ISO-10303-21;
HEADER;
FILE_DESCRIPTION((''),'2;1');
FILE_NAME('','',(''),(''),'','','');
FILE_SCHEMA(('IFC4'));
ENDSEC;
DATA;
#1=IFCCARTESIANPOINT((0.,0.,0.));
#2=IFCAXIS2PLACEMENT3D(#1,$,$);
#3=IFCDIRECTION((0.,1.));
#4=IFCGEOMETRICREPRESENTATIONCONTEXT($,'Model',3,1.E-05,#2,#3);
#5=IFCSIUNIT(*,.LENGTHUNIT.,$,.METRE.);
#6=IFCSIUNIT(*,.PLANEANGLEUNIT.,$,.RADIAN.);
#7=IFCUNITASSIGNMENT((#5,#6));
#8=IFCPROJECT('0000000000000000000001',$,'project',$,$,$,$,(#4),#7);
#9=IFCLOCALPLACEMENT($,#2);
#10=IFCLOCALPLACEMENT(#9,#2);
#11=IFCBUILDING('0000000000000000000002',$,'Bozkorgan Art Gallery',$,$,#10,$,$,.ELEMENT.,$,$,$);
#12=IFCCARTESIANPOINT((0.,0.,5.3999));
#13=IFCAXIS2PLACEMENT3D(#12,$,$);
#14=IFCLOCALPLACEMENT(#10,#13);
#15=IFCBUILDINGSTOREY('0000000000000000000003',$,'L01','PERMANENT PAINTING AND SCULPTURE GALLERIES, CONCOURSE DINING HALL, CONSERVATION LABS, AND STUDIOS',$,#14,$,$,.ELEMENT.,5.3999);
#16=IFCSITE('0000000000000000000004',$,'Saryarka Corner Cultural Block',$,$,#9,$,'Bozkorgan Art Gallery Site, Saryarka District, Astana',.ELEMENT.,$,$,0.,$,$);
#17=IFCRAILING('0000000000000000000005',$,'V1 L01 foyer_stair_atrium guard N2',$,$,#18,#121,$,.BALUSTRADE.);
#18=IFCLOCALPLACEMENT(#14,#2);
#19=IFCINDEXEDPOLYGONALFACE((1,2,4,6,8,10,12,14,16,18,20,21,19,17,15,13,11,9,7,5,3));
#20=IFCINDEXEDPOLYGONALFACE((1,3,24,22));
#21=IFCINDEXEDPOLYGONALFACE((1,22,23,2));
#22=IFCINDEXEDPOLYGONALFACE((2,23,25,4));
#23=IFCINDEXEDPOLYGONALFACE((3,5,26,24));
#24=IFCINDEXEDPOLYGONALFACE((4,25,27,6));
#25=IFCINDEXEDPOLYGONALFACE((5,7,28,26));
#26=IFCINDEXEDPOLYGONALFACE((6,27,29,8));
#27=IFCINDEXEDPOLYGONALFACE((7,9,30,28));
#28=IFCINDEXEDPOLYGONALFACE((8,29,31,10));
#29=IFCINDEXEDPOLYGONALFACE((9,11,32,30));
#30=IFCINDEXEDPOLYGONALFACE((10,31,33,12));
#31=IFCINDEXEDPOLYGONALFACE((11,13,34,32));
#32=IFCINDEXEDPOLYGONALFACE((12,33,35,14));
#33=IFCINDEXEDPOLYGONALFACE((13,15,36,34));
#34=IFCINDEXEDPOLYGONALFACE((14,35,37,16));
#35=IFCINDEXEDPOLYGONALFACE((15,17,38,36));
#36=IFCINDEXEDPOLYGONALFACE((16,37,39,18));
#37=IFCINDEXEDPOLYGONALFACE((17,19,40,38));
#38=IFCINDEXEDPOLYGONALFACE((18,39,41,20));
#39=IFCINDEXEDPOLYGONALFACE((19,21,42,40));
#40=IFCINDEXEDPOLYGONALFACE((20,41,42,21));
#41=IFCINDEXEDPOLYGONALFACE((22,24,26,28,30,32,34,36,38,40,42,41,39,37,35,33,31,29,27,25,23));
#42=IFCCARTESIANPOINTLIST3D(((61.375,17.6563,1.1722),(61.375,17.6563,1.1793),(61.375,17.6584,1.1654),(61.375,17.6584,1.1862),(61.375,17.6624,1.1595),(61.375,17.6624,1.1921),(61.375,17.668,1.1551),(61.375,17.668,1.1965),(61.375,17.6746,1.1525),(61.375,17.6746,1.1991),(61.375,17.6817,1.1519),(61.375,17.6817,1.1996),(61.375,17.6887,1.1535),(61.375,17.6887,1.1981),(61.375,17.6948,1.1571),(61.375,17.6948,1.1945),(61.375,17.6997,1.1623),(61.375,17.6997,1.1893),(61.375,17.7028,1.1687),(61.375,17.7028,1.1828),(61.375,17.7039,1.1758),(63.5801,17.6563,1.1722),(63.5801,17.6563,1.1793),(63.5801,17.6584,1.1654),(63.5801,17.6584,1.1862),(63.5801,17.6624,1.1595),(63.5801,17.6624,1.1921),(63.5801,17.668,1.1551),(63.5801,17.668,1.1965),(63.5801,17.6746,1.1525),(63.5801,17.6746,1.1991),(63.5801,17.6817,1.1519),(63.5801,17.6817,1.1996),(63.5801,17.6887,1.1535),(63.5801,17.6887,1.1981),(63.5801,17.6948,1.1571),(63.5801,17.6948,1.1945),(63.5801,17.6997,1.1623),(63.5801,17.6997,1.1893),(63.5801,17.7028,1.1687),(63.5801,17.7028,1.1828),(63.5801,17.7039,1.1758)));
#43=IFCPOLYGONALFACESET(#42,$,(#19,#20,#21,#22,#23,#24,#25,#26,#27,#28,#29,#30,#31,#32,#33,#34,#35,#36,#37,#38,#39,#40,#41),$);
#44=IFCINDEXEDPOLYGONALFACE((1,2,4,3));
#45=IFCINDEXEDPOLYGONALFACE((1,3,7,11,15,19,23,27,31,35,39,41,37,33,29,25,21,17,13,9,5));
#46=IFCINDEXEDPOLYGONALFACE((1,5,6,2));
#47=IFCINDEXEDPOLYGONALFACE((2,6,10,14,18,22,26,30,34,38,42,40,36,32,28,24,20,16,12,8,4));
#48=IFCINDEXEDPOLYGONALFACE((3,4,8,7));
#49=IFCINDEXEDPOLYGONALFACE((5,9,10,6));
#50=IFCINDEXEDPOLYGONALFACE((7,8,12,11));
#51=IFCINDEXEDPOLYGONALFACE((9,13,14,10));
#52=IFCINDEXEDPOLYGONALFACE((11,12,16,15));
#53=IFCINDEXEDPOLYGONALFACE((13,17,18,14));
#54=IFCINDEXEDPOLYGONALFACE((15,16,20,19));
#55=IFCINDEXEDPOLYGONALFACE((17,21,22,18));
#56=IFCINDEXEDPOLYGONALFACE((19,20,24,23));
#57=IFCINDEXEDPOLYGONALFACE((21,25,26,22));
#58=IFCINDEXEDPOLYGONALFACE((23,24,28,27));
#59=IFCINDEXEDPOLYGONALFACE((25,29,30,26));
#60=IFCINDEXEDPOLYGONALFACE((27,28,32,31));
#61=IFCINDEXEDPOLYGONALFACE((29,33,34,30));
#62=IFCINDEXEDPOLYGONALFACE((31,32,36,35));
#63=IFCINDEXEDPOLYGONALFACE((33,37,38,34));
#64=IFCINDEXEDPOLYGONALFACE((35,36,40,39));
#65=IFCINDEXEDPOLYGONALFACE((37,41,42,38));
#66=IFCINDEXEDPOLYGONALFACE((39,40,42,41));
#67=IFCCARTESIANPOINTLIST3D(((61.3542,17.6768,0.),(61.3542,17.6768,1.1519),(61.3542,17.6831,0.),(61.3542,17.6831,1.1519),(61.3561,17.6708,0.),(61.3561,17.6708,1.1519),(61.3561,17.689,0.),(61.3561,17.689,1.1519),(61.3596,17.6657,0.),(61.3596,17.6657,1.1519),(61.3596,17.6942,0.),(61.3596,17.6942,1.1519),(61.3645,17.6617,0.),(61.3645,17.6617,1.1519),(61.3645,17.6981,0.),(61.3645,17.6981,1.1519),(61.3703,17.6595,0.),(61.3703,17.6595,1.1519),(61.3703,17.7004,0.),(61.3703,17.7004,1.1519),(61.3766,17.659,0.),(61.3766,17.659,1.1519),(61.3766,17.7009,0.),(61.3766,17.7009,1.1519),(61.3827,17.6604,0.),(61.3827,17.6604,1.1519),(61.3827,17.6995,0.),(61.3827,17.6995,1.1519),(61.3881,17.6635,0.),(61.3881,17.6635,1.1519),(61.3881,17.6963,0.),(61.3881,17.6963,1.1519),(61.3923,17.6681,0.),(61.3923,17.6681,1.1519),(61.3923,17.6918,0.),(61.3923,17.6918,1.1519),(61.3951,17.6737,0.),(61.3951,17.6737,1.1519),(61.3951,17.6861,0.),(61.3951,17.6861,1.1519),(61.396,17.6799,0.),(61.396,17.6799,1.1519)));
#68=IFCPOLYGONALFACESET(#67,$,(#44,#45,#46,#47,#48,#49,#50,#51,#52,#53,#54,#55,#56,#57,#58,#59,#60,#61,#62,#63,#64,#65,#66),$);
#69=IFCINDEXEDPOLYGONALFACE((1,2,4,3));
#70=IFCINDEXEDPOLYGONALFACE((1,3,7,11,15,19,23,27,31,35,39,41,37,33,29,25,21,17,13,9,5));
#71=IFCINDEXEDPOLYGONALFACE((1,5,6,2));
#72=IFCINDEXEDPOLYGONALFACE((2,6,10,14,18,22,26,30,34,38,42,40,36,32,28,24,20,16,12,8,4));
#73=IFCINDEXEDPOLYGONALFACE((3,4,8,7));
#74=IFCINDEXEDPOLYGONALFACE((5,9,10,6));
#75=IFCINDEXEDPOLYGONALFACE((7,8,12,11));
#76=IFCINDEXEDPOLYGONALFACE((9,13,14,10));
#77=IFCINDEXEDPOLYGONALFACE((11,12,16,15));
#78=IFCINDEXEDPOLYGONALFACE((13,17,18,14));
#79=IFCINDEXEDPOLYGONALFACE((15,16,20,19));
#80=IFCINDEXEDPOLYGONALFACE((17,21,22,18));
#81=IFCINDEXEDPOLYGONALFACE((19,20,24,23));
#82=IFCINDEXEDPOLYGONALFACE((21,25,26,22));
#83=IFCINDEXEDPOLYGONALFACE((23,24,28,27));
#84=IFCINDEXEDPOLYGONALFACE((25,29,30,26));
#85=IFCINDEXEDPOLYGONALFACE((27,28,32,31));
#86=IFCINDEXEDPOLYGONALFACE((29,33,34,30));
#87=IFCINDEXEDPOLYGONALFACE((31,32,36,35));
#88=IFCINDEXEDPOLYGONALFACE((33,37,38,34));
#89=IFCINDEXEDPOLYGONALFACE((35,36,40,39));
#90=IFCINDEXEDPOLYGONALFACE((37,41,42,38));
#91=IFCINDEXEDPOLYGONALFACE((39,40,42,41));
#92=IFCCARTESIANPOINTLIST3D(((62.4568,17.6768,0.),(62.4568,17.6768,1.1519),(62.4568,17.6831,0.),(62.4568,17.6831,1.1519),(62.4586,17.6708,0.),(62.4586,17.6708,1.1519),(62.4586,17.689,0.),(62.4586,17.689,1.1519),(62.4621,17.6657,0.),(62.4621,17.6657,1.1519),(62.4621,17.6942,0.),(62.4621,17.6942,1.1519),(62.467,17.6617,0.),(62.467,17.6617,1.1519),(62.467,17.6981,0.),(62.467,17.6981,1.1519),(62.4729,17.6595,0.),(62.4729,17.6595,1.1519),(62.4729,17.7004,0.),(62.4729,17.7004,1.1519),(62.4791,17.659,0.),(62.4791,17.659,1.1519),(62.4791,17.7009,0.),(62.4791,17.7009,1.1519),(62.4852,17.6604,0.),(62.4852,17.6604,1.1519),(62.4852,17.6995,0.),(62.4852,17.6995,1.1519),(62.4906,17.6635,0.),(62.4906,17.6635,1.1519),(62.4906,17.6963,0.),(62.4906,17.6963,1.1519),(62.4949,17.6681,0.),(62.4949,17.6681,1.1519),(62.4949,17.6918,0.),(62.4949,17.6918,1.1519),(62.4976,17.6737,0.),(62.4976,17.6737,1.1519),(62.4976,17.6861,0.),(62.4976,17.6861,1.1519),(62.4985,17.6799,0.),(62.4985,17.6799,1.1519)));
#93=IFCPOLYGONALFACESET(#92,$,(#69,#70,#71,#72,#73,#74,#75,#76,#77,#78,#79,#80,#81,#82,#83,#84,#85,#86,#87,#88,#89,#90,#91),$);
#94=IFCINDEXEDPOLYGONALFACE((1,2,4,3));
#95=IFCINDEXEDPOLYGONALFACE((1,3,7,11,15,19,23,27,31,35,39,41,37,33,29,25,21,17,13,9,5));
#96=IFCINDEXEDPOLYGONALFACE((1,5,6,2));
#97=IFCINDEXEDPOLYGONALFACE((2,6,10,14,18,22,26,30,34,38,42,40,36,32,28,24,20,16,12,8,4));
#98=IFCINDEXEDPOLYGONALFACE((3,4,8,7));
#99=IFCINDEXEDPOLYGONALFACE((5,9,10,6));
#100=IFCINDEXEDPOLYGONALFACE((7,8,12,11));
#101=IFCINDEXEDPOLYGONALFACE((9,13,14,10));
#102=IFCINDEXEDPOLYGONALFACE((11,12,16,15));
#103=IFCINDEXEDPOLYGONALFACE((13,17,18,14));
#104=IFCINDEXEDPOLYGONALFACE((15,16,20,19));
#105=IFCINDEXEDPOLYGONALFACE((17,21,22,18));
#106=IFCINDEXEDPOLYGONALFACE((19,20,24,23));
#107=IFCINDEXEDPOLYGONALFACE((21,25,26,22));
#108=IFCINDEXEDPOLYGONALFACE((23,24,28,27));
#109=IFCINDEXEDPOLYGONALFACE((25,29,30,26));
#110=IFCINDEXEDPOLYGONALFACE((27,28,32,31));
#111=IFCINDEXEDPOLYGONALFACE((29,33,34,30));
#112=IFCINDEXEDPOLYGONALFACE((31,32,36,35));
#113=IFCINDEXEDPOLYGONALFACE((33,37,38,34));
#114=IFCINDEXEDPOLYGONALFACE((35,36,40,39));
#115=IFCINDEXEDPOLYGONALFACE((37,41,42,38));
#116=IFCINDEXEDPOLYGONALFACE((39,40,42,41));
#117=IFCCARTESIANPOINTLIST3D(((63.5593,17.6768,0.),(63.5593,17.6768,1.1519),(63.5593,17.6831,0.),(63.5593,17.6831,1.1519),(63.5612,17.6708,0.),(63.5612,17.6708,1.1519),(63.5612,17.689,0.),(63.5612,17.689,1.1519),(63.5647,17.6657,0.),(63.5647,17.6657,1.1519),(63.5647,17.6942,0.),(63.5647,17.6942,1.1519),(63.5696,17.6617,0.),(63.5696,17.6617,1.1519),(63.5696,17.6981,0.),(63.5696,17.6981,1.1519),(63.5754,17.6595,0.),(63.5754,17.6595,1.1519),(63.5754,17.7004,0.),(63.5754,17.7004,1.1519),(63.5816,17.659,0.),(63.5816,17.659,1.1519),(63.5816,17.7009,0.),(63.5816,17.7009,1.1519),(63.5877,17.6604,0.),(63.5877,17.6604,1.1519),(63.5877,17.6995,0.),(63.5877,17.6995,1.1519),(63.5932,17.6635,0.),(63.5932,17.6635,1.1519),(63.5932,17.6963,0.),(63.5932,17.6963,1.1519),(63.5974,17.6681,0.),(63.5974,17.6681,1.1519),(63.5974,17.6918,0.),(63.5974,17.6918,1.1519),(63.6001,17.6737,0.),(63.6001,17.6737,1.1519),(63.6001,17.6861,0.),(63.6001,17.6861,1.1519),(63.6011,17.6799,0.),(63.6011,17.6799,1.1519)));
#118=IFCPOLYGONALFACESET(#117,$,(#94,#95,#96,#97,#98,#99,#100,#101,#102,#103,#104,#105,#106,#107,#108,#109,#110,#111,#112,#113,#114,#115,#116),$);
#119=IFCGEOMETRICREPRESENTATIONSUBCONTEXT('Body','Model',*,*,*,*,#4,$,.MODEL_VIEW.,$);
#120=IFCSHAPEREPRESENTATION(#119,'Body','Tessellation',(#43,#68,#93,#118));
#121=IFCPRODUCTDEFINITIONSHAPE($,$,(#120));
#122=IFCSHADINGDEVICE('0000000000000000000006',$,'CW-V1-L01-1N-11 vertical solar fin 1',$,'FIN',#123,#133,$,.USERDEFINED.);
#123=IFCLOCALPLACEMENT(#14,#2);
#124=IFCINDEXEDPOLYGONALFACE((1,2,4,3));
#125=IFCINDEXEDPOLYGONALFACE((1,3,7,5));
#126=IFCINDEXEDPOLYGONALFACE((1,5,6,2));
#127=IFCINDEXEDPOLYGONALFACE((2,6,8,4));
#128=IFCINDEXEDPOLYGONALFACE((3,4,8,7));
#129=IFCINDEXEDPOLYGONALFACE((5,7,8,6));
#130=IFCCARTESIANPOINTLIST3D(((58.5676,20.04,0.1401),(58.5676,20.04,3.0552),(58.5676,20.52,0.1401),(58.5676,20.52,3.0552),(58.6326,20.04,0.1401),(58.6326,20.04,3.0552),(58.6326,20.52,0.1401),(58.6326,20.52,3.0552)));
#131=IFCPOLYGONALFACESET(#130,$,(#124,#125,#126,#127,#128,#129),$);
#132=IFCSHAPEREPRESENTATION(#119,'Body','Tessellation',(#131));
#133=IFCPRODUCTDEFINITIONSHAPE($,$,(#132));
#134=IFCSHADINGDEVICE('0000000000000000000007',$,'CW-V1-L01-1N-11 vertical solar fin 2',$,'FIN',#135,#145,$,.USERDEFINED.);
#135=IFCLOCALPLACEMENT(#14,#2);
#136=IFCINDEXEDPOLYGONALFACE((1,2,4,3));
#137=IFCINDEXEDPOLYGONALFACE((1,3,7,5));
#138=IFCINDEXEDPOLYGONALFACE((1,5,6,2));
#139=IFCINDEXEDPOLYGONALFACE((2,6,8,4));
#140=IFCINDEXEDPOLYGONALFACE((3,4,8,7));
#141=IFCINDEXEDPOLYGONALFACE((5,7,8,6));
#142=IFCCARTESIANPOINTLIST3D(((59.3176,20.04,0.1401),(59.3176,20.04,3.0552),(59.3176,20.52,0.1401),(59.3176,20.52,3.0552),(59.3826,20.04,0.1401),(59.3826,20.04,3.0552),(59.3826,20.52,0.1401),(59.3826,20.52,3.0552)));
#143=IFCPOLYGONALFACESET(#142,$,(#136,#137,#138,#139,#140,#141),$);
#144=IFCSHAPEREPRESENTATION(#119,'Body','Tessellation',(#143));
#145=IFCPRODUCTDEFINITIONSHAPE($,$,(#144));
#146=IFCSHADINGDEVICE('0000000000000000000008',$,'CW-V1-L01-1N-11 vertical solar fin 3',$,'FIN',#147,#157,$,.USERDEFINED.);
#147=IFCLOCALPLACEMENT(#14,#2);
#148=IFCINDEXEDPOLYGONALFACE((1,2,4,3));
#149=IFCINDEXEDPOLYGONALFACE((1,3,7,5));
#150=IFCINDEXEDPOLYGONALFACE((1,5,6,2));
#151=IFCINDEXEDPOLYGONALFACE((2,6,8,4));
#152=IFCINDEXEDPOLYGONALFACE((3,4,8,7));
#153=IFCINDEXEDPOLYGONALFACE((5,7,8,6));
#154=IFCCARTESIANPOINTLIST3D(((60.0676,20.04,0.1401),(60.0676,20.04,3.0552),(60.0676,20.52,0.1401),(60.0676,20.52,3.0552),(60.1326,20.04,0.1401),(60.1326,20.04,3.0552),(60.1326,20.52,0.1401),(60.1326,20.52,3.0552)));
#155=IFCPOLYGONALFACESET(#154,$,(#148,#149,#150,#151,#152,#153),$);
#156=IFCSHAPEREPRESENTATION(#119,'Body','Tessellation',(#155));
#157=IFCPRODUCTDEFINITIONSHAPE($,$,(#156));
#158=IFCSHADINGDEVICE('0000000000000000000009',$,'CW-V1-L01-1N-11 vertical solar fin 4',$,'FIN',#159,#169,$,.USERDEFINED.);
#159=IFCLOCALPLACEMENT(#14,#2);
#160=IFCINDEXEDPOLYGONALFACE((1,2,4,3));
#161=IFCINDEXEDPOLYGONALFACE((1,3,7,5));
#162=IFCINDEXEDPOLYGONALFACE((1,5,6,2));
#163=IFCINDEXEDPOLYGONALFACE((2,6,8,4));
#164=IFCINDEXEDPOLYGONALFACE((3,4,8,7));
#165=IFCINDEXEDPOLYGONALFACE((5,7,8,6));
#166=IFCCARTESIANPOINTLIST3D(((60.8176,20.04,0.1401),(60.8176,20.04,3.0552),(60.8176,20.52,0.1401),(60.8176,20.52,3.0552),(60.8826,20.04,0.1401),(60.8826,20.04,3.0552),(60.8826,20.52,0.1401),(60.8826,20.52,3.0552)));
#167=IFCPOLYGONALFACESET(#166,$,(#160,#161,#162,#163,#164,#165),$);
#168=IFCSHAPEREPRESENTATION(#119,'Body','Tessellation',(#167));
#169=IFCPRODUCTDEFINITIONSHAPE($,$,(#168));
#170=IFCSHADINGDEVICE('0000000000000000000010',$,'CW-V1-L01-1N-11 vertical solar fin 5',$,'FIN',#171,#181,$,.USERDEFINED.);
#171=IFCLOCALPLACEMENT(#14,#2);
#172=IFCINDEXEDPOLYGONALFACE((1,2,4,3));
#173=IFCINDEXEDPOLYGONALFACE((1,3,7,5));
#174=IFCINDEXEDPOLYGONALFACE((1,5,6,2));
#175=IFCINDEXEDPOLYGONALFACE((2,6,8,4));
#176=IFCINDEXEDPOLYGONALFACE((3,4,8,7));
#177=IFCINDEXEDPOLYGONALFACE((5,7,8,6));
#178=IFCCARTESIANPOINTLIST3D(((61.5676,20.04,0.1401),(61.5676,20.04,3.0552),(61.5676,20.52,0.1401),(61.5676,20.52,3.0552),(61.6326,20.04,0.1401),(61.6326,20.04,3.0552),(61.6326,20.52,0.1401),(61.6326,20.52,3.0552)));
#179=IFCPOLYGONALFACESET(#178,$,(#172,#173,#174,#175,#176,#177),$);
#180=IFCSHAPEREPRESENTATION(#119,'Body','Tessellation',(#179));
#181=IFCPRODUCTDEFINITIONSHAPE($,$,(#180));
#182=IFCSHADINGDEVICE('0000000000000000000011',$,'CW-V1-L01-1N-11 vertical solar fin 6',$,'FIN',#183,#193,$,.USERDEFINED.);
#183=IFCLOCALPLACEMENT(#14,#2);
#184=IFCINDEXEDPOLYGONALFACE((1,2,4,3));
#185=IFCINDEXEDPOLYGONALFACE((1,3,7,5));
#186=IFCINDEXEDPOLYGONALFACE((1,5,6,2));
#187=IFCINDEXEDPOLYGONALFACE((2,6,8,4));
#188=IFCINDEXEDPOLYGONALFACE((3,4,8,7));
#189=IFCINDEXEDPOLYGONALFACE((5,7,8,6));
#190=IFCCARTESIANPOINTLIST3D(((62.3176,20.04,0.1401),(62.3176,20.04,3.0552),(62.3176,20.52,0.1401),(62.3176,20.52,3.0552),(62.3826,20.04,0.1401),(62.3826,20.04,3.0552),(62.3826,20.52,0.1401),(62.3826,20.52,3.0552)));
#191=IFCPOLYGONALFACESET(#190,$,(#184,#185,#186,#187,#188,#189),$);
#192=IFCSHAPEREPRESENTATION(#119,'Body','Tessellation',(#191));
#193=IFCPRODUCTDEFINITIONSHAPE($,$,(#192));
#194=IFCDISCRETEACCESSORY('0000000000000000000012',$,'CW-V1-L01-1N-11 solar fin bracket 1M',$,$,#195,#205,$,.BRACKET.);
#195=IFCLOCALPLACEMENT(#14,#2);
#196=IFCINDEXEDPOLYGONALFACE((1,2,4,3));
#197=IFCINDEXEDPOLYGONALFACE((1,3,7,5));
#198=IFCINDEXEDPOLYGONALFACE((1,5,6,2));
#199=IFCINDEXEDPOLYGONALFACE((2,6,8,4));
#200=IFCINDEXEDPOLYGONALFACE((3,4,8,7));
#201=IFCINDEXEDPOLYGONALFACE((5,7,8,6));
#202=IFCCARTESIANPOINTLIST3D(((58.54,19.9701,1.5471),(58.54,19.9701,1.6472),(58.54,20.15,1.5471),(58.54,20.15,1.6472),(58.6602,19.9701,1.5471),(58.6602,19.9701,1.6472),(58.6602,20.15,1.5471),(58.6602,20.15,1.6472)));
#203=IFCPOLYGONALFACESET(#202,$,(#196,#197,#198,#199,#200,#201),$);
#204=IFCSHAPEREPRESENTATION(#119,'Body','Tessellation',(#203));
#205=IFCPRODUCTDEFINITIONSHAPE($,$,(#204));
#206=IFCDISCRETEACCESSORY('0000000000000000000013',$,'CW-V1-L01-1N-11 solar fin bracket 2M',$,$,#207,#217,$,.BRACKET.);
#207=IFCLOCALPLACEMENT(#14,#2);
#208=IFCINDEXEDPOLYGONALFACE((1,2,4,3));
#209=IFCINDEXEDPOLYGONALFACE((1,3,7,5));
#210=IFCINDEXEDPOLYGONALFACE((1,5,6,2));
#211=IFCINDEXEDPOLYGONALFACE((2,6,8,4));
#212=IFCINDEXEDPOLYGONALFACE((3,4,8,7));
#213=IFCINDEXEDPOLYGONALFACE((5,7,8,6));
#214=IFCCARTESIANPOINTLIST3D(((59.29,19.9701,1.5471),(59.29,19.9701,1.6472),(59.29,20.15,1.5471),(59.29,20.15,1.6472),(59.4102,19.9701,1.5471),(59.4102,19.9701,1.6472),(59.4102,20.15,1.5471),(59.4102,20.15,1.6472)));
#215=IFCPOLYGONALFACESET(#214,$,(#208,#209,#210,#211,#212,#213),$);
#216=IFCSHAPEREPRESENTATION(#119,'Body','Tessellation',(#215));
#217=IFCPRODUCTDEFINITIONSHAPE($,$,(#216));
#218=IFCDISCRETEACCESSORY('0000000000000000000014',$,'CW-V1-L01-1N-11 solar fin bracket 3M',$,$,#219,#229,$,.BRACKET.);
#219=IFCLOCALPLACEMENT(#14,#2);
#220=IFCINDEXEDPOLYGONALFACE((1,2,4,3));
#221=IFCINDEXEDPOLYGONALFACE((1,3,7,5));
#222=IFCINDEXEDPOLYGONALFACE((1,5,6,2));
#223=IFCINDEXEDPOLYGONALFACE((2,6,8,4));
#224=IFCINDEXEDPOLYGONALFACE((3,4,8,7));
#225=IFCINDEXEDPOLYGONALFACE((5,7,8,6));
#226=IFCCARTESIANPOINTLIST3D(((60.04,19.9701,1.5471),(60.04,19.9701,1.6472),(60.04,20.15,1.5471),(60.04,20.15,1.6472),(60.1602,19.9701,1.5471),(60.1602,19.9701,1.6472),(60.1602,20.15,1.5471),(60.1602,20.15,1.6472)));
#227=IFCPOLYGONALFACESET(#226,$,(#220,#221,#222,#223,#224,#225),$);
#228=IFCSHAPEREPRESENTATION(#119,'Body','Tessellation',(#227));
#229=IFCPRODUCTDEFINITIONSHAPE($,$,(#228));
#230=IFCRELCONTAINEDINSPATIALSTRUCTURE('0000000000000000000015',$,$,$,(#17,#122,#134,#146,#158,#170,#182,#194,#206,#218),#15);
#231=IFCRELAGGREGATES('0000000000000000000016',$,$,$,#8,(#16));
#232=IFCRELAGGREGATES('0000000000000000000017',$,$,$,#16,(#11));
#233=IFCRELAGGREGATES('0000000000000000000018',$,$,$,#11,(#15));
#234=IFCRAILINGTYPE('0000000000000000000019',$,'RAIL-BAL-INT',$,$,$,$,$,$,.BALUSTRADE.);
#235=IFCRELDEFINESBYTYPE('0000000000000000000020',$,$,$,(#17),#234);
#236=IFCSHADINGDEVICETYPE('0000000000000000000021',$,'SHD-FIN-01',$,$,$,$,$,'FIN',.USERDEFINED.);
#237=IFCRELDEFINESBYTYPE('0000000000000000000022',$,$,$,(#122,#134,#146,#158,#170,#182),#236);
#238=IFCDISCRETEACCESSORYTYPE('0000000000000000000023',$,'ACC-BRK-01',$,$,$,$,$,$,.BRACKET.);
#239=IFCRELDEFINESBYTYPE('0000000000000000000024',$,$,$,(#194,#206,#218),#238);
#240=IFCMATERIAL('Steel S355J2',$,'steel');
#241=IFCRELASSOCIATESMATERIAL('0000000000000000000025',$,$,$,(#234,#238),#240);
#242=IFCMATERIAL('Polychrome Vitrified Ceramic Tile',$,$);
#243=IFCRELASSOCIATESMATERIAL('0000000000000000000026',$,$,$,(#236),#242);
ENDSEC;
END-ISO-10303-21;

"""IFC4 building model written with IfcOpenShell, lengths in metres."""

from ifc_helpers import new_model, si_unit, direction, frame, origin, origin_2d, place, context, subcontext, project, spatial, rectangle, circle, extrude, material, type_object, element, save


model = new_model("IFC4")

# Units and contexts
model_context = context("Model", 3, precision=1e-05, world=origin(), true_north=direction((0.0, 1.0)))
body_context = subcontext(model_context, "Body", "Model", "MODEL_VIEW")
ifc_project = project(units=[si_unit("LENGTHUNIT", "METRE"), si_unit("PLANEANGLEUNIT", "RADIAN")], contexts=[model_context])

# Site, building, storey
site_placement = place(None, origin())
site = spatial("IfcSite", under=ifc_project, at=site_placement, Name="Saryarka Corner Cultural Block", LongName="Bozkorgan Art Gallery Site, Saryarka District, Astana", CompositionType="ELEMENT", RefElevation=0.0)
building_placement = place(site_placement, origin())
building = spatial("IfcBuilding", under=site, at=building_placement, Name="Bozkorgan Art Gallery", CompositionType="ELEMENT")
storey_placement = place(building_placement, frame((0.0, 0.0, 5.3999)))
storey = spatial("IfcBuildingStorey", under=building, at=storey_placement, Name="L01", Description="PERMANENT PAINTING AND SCULPTURE GALLERIES, CONCOURSE DINING HALL, CONSERVATION LABS, AND STUDIOS", CompositionType="ELEMENT", Elevation=5.3999)

# Shared definitions
ifc_material_1 = material(Name="Steel S355J2", Category="steel")

# Railing
railing_type = type_object("IfcRailingType", Name="RAIL-BAL-INT", PredefinedType="BALUSTRADE", material=ifc_material_1)
for number, where, name in (
    (1, (61.375, 17.6799, 0.0), "V1 L01 foyer_stair_atrium guard N2"),
):
    element("IfcRailing", number, at=place(storey_placement, frame(where)), inside=storey, type_object=railing_type, Name=name, PredefinedType="BALUSTRADE", context=body_context, shape_type="SweptSolid", body=[
        extrude(circle(Radius=0.0239, at=origin_2d()), frame((0.0, 0.0, 1.1758), z_axis=(1.0, 0.0, 0.0), x_axis=(0.0, 1.0, 0.0)), (0.0, 0.0, 1.0), 2.2051),
        extrude(circle(Radius=0.021, at=origin_2d()), origin(), (0.0, 0.0, 1.0), 1.1519),
        extrude(circle(Radius=0.021, at=origin_2d()), frame((1.1025, 0.0, 0.0)), (0.0, 0.0, 1.0), 1.1519),
        extrude(circle(Radius=0.021, at=origin_2d()), frame((2.2051, 0.0, 0.0)), (0.0, 0.0, 1.0), 1.1519),
    ])

# Shading devices
ifc_material_2 = material(Name="Polychrome Vitrified Ceramic Tile")
shading_device_type = type_object("IfcShadingDeviceType", Name="SHD-FIN-01", ElementType="FIN", PredefinedType="USERDEFINED", material=ifc_material_2)
for number, where, z_axis, x_axis, name in (
    (2, (58.6001, 20.28, 0.1401), (0.0, 0.0, 1.0), (0.0, 1.0, 0.0), "CW-V1-L01-1N-11 vertical solar fin 1"),
    (3, (59.3501, 20.28, 0.1401), (0.0, 0.0, 1.0), (0.0, 1.0, 0.0), "CW-V1-L01-1N-11 vertical solar fin 2"),
    (4, (60.1001, 20.28, 0.1401), (0.0, 0.0, 1.0), (0.0, 1.0, 0.0), "CW-V1-L01-1N-11 vertical solar fin 3"),
    (5, (60.8501, 20.28, 0.1401), (0.0, 0.0, 1.0), (0.0, 1.0, 0.0), "CW-V1-L01-1N-11 vertical solar fin 4"),
    (6, (61.6001, 20.28, 0.1401), (0.0, 0.0, 1.0), (0.0, 1.0, 0.0), "CW-V1-L01-1N-11 vertical solar fin 5"),
    (7, (62.3501, 20.28, 0.1401), (0.0, 0.0, 1.0), (0.0, 1.0, 0.0), "CW-V1-L01-1N-11 vertical solar fin 6"),
):
    element("IfcShadingDevice", number, at=place(storey_placement, frame(where, z_axis=z_axis, x_axis=x_axis)), inside=storey, type_object=shading_device_type, Name=name, ObjectType="FIN", PredefinedType="USERDEFINED", context=body_context, shape_type="SweptSolid", body=[
        extrude(rectangle(XDim=0.48, YDim=0.0649, at=origin_2d()), origin(), (0.0, 0.0, 1.0), 2.915),
    ])

# Discrete accessories
discrete_accessory_type = type_object("IfcDiscreteAccessoryType", Name="ACC-BRK-01", PredefinedType="BRACKET", material=ifc_material_1)
for number, where, z_axis, x_axis, name in (
    (8, (58.6001, 20.0601, 1.5471), (0.0, 0.0, 1.0), (0.0, 1.0, 0.0), "CW-V1-L01-1N-11 solar fin bracket 1M"),
    (9, (59.3501, 20.0601, 1.5471), (0.0, 0.0, 1.0), (0.0, 1.0, 0.0), "CW-V1-L01-1N-11 solar fin bracket 2M"),
    (10, (60.1001, 20.0601, 1.5471), (0.0, 0.0, 1.0), (0.0, 1.0, 0.0), "CW-V1-L01-1N-11 solar fin bracket 3M"),
):
    element("IfcDiscreteAccessory", number, at=place(storey_placement, frame(where, z_axis=z_axis, x_axis=x_axis)), inside=storey, type_object=discrete_accessory_type, Name=name, PredefinedType="BRACKET", context=body_context, shape_type="SweptSolid", body=[
        extrude(rectangle(XDim=0.1799, YDim=0.1201, at=origin_2d()), origin(), (0.0, 0.0, 1.0), 0.1001),
    ])

save(model, "model.ifc")
